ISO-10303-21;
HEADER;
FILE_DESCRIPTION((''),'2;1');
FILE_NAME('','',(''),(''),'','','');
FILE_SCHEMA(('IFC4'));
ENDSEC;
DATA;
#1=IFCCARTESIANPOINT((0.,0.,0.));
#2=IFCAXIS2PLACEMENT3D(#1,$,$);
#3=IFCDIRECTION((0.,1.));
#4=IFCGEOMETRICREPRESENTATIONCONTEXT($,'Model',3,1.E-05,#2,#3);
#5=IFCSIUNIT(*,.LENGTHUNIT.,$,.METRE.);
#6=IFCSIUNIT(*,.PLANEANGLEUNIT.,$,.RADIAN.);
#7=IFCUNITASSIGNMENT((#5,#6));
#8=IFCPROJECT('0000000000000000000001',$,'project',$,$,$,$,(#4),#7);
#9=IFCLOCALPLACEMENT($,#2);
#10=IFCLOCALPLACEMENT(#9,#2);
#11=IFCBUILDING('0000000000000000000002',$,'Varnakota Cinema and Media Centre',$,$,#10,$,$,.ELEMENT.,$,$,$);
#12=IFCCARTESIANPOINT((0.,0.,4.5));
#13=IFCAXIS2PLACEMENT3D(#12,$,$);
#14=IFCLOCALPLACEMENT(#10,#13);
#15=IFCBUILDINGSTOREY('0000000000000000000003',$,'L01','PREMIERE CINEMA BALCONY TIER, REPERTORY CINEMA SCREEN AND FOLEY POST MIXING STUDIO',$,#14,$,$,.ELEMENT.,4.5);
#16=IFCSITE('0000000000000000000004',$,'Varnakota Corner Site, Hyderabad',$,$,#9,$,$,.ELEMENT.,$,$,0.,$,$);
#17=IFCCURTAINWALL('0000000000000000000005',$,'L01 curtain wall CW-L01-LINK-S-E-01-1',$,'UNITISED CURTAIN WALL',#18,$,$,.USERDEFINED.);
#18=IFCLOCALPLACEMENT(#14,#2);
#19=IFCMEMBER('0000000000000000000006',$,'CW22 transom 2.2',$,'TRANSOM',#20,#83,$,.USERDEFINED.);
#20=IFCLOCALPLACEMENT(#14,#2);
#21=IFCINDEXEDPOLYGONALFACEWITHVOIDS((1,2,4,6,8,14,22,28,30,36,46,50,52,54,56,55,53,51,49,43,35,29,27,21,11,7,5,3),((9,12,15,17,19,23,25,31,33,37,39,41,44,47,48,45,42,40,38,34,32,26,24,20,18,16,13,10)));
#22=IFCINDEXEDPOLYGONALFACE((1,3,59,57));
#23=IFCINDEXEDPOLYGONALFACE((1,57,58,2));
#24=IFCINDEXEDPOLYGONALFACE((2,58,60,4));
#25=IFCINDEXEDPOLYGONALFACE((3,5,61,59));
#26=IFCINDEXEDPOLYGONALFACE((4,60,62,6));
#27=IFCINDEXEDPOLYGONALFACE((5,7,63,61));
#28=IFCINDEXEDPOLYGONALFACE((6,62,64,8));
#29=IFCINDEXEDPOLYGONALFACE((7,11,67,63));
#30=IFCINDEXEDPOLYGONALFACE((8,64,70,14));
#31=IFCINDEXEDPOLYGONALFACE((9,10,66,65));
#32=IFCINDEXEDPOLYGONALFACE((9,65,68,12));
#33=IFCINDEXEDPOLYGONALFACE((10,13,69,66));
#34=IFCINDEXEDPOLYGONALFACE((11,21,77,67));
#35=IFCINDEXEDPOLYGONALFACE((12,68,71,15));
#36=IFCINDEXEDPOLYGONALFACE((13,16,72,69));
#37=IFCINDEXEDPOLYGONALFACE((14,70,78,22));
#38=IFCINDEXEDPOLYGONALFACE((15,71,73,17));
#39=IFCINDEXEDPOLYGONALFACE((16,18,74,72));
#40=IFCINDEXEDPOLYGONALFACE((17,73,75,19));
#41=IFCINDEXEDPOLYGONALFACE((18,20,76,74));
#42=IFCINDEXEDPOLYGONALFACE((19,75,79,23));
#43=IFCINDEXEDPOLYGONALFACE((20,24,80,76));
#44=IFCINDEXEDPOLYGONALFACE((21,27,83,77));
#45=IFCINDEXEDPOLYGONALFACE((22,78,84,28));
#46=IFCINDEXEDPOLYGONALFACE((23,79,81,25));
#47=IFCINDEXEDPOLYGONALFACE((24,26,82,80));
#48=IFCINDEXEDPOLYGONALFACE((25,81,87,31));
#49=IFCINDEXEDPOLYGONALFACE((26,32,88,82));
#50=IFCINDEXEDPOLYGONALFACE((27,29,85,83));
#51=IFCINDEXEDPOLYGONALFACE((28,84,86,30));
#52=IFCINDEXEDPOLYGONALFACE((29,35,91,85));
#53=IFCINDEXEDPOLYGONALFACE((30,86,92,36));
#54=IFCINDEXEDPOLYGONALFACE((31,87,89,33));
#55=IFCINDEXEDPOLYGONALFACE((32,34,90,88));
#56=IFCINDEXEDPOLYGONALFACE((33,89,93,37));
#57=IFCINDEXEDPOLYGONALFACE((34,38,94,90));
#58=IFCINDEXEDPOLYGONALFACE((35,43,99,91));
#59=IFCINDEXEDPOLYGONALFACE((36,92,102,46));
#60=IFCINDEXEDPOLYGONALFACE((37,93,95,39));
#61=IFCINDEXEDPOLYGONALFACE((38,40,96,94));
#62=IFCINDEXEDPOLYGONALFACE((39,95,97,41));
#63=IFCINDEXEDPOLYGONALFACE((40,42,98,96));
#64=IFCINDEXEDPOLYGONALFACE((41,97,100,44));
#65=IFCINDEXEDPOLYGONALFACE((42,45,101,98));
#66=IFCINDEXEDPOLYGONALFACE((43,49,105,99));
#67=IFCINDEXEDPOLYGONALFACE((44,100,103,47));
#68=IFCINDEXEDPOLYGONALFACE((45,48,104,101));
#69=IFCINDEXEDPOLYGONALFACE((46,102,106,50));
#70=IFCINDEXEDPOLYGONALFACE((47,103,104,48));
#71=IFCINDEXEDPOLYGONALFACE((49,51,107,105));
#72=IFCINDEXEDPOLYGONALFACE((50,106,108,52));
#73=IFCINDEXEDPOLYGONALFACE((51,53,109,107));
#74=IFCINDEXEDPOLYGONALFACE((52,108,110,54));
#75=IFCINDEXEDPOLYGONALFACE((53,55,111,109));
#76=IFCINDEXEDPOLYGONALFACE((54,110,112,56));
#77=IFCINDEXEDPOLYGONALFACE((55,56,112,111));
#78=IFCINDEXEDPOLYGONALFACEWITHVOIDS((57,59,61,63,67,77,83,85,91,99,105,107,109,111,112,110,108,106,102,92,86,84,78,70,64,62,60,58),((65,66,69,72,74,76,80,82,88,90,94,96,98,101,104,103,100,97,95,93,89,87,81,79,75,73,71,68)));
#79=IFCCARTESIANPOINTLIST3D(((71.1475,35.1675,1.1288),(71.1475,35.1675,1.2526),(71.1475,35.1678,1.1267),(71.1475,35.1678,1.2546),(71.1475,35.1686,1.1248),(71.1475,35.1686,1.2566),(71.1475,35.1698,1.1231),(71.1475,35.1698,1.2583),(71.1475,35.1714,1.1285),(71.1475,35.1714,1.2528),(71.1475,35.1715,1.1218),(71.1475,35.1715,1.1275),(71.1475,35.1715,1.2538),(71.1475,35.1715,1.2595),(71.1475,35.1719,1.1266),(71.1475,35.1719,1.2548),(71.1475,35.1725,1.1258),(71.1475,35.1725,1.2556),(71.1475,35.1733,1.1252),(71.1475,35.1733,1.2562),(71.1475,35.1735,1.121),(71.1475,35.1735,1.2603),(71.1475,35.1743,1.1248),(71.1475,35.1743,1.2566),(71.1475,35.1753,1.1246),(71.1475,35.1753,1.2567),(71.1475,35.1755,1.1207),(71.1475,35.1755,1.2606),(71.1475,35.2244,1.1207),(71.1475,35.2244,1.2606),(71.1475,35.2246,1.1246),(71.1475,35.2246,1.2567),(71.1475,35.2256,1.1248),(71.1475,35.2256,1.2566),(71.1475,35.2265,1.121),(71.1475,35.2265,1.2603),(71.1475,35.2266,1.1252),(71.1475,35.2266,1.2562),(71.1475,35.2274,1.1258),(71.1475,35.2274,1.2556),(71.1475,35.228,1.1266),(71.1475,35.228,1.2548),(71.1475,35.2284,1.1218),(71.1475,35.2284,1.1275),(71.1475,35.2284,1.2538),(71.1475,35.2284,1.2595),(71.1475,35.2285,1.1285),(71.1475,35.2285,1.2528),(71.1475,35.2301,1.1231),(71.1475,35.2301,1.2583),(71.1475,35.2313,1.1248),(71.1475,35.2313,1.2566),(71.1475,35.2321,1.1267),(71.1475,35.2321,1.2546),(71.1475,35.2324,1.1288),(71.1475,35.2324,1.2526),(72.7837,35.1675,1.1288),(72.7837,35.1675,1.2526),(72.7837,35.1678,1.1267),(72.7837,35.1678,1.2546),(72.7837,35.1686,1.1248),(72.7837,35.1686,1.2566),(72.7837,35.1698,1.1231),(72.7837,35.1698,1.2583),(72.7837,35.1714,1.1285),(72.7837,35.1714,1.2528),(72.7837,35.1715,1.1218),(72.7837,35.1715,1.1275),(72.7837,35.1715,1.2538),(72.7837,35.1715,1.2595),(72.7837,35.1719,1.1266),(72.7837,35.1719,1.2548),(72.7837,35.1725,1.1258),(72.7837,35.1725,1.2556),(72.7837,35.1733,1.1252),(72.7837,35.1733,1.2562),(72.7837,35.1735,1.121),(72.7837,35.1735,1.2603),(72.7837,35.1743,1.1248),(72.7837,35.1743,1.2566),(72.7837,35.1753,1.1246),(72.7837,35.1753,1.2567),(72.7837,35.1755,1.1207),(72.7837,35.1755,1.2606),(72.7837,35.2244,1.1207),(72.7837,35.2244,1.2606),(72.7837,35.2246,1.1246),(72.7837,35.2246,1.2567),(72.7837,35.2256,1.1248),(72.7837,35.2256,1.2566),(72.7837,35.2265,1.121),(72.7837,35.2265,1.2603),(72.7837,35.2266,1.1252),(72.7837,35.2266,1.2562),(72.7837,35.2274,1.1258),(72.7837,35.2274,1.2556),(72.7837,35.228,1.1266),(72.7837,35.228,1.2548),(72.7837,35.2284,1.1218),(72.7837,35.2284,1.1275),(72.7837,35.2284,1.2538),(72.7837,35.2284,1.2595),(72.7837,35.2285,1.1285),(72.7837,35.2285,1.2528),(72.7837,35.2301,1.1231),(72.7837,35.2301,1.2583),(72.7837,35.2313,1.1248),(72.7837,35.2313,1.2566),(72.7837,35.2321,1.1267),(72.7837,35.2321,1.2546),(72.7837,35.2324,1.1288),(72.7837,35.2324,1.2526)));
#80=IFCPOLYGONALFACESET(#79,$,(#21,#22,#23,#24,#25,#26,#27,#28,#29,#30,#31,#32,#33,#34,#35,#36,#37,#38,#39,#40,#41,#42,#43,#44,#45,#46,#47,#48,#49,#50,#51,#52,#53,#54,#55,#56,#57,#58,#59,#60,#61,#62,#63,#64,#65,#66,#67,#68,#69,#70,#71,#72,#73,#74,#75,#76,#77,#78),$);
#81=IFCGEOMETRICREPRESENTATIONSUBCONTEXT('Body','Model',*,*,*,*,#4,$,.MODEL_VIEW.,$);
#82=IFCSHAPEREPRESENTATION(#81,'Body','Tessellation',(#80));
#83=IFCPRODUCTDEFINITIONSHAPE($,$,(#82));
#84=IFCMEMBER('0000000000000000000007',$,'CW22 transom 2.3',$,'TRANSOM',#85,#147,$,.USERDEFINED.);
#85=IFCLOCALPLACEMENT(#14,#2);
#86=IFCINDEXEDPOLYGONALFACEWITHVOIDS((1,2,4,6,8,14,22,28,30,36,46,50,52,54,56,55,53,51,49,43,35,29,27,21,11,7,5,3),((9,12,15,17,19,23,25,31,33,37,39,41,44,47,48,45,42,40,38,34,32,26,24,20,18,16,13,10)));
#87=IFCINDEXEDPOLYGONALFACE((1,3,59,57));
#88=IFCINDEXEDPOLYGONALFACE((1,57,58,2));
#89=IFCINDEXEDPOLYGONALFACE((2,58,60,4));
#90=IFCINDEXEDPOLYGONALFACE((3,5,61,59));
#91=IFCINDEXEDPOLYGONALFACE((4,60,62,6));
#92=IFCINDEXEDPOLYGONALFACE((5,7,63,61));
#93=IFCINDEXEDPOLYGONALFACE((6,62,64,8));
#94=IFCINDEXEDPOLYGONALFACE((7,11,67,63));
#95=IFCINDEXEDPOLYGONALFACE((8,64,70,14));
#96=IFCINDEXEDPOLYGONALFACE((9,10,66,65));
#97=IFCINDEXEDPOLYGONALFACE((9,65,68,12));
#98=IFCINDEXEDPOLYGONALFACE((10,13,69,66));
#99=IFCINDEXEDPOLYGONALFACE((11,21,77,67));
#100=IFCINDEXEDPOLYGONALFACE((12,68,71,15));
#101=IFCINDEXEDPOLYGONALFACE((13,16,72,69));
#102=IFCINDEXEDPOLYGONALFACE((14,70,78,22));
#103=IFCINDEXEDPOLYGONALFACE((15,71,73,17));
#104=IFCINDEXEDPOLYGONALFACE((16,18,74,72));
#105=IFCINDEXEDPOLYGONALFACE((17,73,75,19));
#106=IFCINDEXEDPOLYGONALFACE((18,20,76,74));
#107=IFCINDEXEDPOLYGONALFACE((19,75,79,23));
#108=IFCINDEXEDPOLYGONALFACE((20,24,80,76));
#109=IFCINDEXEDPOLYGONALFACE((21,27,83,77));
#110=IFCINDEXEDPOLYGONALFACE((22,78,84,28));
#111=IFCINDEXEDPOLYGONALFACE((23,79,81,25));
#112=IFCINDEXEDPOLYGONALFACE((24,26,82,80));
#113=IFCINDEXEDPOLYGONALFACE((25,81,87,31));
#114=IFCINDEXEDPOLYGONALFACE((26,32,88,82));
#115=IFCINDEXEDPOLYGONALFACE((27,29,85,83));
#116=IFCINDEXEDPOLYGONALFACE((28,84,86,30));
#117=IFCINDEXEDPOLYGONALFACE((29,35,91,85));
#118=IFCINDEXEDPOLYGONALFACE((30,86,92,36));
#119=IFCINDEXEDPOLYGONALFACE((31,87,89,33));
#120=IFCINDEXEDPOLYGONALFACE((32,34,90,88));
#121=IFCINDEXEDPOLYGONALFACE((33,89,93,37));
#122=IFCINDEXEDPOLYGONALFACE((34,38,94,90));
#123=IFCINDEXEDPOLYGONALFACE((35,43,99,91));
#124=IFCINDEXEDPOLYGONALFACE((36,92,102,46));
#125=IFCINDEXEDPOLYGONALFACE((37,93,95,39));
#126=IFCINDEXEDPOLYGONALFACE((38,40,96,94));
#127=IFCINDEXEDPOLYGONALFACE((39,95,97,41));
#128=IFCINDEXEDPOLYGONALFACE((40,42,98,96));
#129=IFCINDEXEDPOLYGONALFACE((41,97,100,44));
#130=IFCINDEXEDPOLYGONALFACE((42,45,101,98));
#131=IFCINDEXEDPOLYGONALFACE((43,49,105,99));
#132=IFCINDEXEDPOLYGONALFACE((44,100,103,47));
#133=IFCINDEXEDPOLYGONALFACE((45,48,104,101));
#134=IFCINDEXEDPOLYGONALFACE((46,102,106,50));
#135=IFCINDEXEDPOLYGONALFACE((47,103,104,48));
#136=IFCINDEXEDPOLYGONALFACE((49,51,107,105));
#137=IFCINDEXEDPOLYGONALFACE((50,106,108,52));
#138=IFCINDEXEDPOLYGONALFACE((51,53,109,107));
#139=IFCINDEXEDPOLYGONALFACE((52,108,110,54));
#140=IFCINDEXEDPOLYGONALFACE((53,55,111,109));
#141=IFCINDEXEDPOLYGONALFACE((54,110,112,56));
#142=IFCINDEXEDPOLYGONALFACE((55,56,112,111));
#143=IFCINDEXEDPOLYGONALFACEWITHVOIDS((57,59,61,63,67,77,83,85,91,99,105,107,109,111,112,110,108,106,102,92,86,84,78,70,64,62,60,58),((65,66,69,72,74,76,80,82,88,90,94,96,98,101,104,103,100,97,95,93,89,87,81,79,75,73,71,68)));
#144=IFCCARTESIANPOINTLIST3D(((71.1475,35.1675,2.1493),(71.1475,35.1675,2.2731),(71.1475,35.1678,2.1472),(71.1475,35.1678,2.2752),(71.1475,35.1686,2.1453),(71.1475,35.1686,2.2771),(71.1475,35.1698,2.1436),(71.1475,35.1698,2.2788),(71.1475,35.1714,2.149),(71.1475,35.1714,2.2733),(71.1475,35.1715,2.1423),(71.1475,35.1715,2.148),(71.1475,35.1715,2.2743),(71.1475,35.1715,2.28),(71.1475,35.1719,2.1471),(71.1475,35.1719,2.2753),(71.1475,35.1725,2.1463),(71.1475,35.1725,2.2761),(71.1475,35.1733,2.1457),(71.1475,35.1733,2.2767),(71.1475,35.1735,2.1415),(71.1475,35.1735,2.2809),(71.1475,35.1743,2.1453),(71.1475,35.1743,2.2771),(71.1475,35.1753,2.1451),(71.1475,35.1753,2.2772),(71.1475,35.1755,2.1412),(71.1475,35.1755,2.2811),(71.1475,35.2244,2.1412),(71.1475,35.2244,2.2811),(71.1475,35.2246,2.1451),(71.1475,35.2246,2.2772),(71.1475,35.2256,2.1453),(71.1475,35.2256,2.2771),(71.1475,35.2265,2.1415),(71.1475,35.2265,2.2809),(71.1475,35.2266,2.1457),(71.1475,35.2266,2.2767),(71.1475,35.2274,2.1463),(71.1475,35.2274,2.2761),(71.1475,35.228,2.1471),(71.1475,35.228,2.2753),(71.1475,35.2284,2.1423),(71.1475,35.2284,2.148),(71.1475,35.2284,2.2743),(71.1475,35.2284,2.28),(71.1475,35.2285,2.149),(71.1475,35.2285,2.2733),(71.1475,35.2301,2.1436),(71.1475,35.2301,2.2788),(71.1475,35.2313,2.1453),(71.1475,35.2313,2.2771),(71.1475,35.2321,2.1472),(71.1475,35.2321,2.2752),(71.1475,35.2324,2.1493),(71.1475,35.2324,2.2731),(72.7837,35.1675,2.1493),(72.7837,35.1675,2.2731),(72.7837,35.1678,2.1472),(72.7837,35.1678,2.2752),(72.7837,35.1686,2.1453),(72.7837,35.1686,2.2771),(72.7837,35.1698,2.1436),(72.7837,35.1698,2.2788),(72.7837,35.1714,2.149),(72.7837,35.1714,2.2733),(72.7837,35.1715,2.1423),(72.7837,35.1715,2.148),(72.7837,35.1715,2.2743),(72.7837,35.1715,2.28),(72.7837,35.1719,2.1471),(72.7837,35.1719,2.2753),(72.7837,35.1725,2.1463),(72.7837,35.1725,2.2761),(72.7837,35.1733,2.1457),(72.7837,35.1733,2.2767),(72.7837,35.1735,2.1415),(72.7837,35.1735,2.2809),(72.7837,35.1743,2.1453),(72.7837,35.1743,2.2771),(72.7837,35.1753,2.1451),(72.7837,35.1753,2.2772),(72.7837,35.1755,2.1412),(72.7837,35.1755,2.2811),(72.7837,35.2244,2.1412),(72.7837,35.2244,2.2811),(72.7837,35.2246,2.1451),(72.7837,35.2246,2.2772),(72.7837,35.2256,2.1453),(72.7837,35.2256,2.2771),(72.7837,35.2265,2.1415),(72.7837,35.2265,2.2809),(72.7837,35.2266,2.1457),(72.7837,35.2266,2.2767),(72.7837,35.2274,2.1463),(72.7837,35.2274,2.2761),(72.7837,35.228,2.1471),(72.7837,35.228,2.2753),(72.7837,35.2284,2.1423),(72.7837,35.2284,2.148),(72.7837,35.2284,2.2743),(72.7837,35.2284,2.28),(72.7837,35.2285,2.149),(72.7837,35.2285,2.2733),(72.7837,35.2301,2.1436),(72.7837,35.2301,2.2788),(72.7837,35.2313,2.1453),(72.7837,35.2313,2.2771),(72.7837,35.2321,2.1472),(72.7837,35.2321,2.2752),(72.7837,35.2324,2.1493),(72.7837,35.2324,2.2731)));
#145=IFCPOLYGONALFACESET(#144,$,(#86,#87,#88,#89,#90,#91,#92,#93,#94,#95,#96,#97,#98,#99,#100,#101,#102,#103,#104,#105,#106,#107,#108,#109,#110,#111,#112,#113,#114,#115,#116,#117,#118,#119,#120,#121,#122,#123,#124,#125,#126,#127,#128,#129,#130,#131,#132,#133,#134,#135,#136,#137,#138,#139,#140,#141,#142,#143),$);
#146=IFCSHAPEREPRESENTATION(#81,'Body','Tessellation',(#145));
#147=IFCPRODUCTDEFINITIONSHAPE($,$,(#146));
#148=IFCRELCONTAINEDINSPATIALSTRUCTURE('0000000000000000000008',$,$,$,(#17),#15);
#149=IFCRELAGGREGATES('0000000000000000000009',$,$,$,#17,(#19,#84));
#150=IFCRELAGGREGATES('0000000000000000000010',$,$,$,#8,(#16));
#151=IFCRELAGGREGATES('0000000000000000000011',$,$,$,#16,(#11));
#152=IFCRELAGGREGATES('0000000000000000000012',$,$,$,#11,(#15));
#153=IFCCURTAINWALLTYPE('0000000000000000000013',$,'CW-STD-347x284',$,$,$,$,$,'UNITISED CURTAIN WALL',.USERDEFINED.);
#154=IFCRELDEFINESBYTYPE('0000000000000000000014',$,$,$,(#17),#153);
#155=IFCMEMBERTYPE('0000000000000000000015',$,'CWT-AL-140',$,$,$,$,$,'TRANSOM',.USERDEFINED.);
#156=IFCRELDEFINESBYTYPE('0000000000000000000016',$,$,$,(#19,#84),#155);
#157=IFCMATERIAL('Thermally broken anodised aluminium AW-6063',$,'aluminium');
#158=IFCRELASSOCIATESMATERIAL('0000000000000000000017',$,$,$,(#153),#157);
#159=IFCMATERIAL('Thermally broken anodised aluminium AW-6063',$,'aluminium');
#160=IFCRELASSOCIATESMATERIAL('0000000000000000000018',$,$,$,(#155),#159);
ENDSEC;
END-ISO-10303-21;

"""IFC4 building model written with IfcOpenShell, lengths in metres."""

from ifc_helpers import new_model, si_unit, direction, frame, origin, origin_2d, place, context, subcontext, project, spatial, hollow_rectangle, extrude, material, material_profile, profile_set, type_object, element, aggregate, save


model = new_model("IFC4")

# Units and contexts
model_context = context("Model", 3, precision=1e-05, world=origin(), true_north=direction((0.0, 1.0)))
body_context = subcontext(model_context, "Body", "Model", "MODEL_VIEW")
ifc_project = project(units=[si_unit("LENGTHUNIT", "METRE"), si_unit("PLANEANGLEUNIT", "RADIAN")], contexts=[model_context])

# Site, building, storey
site_placement = place(None, origin())
site = spatial("IfcSite", under=ifc_project, at=site_placement, Name="Varnakota Corner Site, Hyderabad", CompositionType="ELEMENT", RefElevation=0.0)
building_placement = place(site_placement, origin())
building = spatial("IfcBuilding", under=site, at=building_placement, Name="Varnakota Cinema and Media Centre", CompositionType="ELEMENT")
storey_placement = place(building_placement, frame((0.0, 0.0, 4.5)))
storey = spatial("IfcBuildingStorey", under=building, at=storey_placement, Name="L01", Description="PREMIERE CINEMA BALCONY TIER, REPERTORY CINEMA SCREEN AND FOLEY POST MIXING STUDIO", CompositionType="ELEMENT", Elevation=4.5)

# Curtain wall
ifc_material_1 = material(Name="Thermally broken anodised aluminium AW-6063", Category="aluminium")
curtain_wall_type = type_object("IfcCurtainWallType", Name="CW-STD-347x284", ElementType="UNITISED CURTAIN WALL", PredefinedType="USERDEFINED", material=ifc_material_1)
curtain_wall_1_placement = place(storey_placement, origin())
curtain_wall_1 = element("IfcCurtainWall", 1, at=curtain_wall_1_placement, inside=storey, type_object=curtain_wall_type, Name="L01 curtain wall CW-L01-LINK-S-E-01-1", ObjectType="UNITISED CURTAIN WALL", PredefinedType="USERDEFINED")

# Members
ifc_material_2 = material(Name="Thermally broken anodised aluminium AW-6063", Category="aluminium")
ifc_material_profile_1 = material_profile(ifc_material_2, hollow_rectangle(XDim=0.0649, YDim=0.1399, WallThickness=0.0039, InnerFilletRadius=0.0039, OuterFilletRadius=0.0081, at=origin_2d()), Name="AL-TRANSOM 140x65x4")
ifc_profile_set_1 = profile_set([ifc_material_profile_1], Name="Thermally broken anodised aluminium AW-6063")
member_type_1 = type_object("IfcMemberType", Name="CWT-AL-140", ElementType="TRANSOM", PredefinedType="USERDEFINED", material=ifc_profile_set_1)
member_1_placement = place(storey_placement, frame((72.7837, 35.2, 1.1907), z_axis=(-1.0, 0.0, 0.0), x_axis=(0.0, -1.0, 0.0)))
member_1 = element("IfcMember", 2, at=member_1_placement, type_object=member_type_1, Name="CW22 transom 2.2", ObjectType="TRANSOM", PredefinedType="USERDEFINED", context=body_context, shape_type="SweptSolid", body=[
    extrude(hollow_rectangle(XDim=0.0649, YDim=0.1399, WallThickness=0.0039, InnerFilletRadius=0.0039, OuterFilletRadius=0.0081, at=origin_2d()), origin(), (0.0, 0.0, 1.0), 1.6362),
])
member_2_placement = place(storey_placement, frame((72.7837, 35.2, 2.2112), z_axis=(-1.0, 0.0, 0.0), x_axis=(0.0, -1.0, 0.0)))
member_2 = element("IfcMember", 3, at=member_2_placement, type_object=member_type_1, Name="CW22 transom 2.3", ObjectType="TRANSOM", PredefinedType="USERDEFINED", context=body_context, shape_type="SweptSolid", body=[
    extrude(hollow_rectangle(XDim=0.0649, YDim=0.1399, WallThickness=0.0039, InnerFilletRadius=0.0039, OuterFilletRadius=0.0081, at=origin_2d()), origin(), (0.0, 0.0, 1.0), 1.6362),
])

aggregate(curtain_wall_1, [member_1, member_2])

save(model, "model.ifc")
